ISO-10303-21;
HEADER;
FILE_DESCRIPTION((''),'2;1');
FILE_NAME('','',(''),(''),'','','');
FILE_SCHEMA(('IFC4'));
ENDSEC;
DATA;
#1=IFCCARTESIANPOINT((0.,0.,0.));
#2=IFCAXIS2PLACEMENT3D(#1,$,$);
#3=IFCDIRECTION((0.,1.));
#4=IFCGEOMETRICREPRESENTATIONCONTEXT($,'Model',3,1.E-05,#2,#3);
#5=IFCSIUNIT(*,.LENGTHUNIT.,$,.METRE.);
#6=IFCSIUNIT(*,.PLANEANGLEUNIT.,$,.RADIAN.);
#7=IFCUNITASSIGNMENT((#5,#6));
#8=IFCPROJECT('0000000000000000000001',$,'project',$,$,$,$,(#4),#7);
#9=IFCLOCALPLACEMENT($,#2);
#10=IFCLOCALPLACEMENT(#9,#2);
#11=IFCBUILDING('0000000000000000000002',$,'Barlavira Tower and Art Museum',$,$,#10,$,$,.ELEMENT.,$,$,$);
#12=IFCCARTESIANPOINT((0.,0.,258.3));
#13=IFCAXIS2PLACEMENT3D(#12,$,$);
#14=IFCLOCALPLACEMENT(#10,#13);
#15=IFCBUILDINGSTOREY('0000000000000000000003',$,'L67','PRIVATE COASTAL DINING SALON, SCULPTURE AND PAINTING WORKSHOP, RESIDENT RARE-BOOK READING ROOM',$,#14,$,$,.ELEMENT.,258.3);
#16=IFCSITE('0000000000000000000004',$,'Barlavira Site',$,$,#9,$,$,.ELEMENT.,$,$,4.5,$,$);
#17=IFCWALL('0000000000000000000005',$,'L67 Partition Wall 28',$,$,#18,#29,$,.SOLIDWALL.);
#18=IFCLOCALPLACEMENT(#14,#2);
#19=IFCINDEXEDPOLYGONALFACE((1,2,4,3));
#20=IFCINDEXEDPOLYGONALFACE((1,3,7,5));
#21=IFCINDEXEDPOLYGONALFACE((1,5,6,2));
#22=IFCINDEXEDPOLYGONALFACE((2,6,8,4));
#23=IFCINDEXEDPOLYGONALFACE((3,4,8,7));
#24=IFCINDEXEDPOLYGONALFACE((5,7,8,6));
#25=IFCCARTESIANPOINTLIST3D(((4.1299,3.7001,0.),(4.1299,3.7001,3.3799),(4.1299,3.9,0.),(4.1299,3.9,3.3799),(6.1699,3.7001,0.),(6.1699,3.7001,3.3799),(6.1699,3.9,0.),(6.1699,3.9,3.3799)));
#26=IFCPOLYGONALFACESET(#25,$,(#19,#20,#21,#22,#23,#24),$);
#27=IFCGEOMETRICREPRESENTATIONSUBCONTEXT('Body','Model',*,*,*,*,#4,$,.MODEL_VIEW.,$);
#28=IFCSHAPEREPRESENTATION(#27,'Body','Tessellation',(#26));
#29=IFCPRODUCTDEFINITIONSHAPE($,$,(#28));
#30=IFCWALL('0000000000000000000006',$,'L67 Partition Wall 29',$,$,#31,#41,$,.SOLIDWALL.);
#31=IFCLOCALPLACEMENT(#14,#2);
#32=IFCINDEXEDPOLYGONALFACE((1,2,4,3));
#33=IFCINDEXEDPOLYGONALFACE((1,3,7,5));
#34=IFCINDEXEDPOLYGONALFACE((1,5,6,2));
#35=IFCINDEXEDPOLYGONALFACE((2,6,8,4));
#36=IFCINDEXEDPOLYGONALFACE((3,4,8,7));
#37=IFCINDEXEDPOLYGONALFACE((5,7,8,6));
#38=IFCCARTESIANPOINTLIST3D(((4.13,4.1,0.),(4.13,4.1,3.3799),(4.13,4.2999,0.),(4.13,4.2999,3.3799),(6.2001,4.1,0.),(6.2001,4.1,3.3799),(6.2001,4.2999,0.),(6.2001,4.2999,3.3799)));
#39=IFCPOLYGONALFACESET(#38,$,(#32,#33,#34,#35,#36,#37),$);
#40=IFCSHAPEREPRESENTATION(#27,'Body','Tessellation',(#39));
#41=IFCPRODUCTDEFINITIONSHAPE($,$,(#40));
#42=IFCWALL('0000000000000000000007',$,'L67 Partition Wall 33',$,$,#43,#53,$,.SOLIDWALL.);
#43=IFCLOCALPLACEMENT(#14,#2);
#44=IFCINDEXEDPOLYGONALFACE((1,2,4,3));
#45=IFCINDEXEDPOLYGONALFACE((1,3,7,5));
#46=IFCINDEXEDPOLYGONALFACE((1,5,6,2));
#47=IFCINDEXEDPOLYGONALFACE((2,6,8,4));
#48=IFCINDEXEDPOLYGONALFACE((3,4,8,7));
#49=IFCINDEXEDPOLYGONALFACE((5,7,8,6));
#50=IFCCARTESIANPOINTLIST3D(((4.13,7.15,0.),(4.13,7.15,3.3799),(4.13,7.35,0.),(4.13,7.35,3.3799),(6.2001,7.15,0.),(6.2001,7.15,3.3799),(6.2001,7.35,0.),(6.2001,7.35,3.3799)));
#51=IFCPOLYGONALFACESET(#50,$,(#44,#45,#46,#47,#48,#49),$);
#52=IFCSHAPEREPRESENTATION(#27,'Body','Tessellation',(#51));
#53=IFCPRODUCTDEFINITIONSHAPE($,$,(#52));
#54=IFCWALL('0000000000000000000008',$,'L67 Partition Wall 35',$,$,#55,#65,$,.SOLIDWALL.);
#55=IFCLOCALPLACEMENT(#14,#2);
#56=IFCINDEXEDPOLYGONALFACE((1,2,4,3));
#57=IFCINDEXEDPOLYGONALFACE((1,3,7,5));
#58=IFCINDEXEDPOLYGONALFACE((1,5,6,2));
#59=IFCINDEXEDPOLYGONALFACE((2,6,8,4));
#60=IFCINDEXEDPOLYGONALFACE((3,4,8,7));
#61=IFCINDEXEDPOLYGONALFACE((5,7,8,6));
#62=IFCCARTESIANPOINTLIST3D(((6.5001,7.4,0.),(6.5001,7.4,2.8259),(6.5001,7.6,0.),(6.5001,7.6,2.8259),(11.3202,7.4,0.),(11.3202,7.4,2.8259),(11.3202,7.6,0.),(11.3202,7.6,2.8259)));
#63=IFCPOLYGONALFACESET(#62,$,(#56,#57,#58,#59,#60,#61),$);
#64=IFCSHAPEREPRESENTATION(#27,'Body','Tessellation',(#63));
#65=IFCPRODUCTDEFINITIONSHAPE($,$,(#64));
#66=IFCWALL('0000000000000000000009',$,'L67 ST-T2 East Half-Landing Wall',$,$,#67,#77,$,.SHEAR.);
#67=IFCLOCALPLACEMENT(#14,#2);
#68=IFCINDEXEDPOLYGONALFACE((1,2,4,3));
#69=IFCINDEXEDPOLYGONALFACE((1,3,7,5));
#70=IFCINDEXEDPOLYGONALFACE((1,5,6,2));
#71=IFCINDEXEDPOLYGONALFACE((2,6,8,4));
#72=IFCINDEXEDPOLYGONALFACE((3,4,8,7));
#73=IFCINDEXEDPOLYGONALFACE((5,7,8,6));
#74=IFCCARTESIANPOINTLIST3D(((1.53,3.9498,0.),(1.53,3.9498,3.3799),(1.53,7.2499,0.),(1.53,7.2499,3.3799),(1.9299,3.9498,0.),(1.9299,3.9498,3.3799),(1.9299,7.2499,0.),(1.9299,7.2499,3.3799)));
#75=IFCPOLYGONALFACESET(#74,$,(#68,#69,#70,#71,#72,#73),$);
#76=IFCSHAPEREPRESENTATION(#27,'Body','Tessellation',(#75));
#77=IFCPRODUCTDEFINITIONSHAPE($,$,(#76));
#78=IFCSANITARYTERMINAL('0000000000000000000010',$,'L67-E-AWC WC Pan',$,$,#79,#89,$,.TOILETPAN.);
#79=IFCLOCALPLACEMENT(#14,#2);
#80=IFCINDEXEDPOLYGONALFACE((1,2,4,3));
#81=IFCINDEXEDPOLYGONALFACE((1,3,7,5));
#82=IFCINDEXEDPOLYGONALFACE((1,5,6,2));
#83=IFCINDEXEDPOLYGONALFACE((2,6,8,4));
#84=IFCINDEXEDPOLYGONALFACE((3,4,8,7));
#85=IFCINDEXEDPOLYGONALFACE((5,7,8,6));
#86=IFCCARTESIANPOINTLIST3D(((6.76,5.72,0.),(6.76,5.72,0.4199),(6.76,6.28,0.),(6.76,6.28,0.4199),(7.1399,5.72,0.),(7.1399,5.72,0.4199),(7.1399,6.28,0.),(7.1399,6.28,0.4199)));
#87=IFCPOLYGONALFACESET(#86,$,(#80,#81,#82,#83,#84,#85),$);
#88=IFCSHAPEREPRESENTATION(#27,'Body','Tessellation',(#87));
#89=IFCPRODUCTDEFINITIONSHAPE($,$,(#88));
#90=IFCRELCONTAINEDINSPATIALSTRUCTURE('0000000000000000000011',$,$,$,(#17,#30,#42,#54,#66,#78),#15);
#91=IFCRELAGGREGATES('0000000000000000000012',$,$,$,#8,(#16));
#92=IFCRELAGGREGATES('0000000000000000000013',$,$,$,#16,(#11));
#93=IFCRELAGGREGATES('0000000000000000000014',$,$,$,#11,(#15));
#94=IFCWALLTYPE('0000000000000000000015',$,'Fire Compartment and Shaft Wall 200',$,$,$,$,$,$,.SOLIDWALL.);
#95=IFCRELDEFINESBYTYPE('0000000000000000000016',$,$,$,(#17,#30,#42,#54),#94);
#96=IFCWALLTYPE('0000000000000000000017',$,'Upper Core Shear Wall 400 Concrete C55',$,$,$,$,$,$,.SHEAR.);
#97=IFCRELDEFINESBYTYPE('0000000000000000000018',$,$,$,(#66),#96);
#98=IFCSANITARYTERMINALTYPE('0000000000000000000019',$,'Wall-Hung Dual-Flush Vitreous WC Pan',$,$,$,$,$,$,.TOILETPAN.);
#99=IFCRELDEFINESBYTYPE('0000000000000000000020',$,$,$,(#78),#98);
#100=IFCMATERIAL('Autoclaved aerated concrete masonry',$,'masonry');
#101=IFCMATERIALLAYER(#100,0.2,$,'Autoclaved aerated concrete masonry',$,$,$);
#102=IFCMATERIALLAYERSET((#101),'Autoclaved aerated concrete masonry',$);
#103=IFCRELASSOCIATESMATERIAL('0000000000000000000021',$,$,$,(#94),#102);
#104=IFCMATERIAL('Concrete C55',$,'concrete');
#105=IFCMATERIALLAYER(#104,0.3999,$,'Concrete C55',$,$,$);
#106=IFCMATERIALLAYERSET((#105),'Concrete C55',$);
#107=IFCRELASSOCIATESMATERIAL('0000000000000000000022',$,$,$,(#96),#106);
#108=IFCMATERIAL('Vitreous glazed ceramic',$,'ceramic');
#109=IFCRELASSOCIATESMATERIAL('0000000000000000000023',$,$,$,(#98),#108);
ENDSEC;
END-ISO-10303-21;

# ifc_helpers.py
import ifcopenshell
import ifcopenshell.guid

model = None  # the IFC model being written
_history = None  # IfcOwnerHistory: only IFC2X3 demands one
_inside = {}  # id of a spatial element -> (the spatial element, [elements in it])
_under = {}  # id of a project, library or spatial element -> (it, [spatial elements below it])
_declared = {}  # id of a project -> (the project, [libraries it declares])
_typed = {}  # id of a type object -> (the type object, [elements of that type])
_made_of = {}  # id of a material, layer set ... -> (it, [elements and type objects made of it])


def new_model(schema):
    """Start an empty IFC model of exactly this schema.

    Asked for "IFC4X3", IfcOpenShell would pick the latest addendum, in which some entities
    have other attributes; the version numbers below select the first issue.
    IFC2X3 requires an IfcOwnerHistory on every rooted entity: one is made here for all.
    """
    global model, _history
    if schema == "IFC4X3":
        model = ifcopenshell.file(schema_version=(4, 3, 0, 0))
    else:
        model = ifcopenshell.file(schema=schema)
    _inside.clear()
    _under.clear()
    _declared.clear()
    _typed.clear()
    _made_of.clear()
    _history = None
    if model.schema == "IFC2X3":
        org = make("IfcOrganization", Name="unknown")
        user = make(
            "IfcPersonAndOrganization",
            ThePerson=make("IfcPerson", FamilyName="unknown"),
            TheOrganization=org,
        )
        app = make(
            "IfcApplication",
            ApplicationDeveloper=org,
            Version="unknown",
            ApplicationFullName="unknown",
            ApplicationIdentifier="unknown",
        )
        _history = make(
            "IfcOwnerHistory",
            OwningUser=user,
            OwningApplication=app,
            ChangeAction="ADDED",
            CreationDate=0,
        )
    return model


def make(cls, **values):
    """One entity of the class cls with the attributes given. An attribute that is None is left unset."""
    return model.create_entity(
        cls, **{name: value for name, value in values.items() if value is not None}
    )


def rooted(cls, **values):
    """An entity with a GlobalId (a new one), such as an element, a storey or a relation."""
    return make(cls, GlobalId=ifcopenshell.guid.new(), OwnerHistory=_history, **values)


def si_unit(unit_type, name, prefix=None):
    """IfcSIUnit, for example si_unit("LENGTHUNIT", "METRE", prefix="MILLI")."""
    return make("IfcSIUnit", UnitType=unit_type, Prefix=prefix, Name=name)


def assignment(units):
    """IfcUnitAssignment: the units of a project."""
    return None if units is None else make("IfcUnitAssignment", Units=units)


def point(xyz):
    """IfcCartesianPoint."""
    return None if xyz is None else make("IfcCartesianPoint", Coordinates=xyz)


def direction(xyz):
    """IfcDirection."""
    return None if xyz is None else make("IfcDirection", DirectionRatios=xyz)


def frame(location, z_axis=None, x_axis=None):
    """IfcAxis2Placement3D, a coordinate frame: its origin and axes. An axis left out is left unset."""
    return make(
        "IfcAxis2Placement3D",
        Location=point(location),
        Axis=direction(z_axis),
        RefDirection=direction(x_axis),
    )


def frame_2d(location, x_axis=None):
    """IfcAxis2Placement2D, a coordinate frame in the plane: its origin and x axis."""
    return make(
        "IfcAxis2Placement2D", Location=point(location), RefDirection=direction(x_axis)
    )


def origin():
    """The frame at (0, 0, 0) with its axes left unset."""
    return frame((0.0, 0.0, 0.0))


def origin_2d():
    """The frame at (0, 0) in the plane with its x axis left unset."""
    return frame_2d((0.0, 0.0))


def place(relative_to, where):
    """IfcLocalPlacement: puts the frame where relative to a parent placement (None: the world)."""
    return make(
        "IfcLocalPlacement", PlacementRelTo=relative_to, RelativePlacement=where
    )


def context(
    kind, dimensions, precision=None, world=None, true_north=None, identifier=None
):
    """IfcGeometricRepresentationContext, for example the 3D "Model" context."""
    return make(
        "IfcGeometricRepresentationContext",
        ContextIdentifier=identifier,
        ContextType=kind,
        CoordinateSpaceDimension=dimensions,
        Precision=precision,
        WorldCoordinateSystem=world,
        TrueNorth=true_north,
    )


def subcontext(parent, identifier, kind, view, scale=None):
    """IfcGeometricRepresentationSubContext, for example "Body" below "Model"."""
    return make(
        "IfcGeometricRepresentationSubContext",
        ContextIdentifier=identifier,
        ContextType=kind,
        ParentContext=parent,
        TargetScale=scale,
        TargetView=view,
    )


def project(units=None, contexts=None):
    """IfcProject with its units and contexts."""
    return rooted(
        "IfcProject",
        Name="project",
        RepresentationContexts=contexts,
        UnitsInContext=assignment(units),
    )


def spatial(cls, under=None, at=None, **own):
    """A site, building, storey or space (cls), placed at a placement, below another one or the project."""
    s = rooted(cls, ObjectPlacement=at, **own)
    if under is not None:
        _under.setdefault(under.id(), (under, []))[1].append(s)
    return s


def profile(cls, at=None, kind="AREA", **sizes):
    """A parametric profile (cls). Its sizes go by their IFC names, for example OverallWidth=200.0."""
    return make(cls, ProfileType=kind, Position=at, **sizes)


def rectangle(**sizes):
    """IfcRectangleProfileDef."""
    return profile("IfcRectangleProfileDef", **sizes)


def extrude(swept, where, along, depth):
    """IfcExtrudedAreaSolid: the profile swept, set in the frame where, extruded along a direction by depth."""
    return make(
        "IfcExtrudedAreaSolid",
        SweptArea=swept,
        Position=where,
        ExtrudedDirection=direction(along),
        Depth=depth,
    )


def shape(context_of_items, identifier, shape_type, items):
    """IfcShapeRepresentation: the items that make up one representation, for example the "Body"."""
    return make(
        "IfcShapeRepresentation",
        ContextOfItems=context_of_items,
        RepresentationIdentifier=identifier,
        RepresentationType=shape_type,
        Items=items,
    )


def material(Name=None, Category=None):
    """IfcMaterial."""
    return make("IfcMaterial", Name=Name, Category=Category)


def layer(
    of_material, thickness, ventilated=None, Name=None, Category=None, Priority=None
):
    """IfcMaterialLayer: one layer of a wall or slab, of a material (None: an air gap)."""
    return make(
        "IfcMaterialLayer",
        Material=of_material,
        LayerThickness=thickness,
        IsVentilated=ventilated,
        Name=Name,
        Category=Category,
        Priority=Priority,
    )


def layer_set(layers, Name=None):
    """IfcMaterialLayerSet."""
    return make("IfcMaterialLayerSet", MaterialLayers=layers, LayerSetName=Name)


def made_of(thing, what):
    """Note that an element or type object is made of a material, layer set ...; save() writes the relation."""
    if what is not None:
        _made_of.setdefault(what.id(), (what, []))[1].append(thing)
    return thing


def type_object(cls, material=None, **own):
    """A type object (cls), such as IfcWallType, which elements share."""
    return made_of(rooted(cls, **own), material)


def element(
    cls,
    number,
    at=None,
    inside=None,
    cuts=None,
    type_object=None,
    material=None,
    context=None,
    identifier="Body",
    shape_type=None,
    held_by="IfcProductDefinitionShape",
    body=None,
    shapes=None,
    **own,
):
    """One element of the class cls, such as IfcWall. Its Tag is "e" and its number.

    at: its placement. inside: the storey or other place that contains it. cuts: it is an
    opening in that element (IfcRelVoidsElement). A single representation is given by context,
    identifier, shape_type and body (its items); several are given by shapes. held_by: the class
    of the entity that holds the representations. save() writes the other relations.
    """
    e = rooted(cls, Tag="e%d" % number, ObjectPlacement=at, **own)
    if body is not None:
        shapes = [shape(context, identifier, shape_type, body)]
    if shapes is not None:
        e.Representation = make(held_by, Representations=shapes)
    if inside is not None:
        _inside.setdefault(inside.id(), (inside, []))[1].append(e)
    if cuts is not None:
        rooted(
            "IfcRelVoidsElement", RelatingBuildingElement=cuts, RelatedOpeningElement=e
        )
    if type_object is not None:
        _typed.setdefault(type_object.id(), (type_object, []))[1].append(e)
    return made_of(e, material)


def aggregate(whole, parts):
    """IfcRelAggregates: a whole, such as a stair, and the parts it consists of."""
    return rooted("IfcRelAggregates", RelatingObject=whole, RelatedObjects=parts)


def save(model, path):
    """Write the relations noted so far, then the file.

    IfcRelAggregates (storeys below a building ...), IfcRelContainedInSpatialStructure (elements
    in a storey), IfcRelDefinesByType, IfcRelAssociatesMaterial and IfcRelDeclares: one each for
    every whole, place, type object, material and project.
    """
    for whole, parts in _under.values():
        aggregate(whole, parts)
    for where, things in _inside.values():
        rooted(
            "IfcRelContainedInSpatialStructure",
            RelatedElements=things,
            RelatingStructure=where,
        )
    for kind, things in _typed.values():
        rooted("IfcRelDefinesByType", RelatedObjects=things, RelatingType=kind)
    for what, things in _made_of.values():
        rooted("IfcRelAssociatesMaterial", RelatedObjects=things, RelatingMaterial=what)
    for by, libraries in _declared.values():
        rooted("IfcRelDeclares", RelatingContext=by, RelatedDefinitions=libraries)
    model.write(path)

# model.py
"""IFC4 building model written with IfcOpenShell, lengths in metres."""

from ifc_helpers import new_model, si_unit, direction, frame, frame_2d, origin, origin_2d, place, context, subcontext, project, spatial, rectangle, extrude, material, layer, layer_set, type_object, element, save


model = new_model("IFC4")

# Units and contexts
model_context = context("Model", 3, precision=1e-05, world=origin(), true_north=direction((0.0, 1.0)))
body_context = subcontext(model_context, "Body", "Model", "MODEL_VIEW")
ifc_project = project(units=[si_unit("LENGTHUNIT", "METRE"), si_unit("PLANEANGLEUNIT", "RADIAN")], contexts=[model_context])

# Site, building, storey
site_placement = place(None, origin())
site = spatial("IfcSite", under=ifc_project, at=site_placement, Name="Barlavira Site", CompositionType="ELEMENT", RefElevation=4.5)
building_placement = place(site_placement, origin())
building = spatial("IfcBuilding", under=site, at=building_placement, Name="Barlavira Tower and Art Museum", CompositionType="ELEMENT")
storey_placement = place(building_placement, frame((0.0, 0.0, 258.3)))
storey = spatial("IfcBuildingStorey", under=building, at=storey_placement, Name="L67", Description="PRIVATE COASTAL DINING SALON, SCULPTURE AND PAINTING WORKSHOP, RESIDENT RARE-BOOK READING ROOM", CompositionType="ELEMENT", Elevation=258.3)

# Shared definitions
ifc_material_1 = material(Name="Autoclaved aerated concrete masonry", Category="masonry")
ifc_layer_1 = layer(ifc_material_1, 0.2, Name="Autoclaved aerated concrete masonry")
ifc_layer_set_1 = layer_set([ifc_layer_1], Name="Autoclaved aerated concrete masonry")
wall_type_1 = type_object("IfcWallType", Name="Fire Compartment and Shaft Wall 200", PredefinedType="SOLIDWALL", material=ifc_layer_set_1)

# Walls
for number, where, z_axis, x_axis, name in (
    (1, (4.1299, 3.8, 0.0), (0.0, 0.0, 1.0), (1.0, 0.0, 0.0), "L67 Partition Wall 28"),
):
    element("IfcWall", number, at=place(storey_placement, frame(where, z_axis=z_axis, x_axis=x_axis)), inside=storey, type_object=wall_type_1, Name=name, PredefinedType="SOLIDWALL", context=body_context, shape_type="SweptSolid", body=[
        extrude(rectangle(XDim=2.04, YDim=0.2, at=frame_2d((1.02, 0.0))), origin(), (0.0, 0.0, 1.0), 3.3799),
    ])
wall_1_placement = place(storey_placement, frame((4.1299, 4.2, 0.0), z_axis=(0.0, 0.0, 1.0), x_axis=(1.0, 0.0, 0.0)))
element("IfcWall", 2, at=wall_1_placement, inside=storey, type_object=wall_type_1, Name="L67 Partition Wall 29", PredefinedType="SOLIDWALL", context=body_context, shape_type="SweptSolid", body=[
    extrude(rectangle(XDim=2.0701, YDim=0.2, at=frame_2d((1.0352, 0.0))), origin(), (0.0, 0.0, 1.0), 3.3799),
])

# Walls
wall_2_placement = place(storey_placement, frame((4.1299, 7.25, 0.0), z_axis=(0.0, 0.0, 1.0), x_axis=(1.0, 0.0, 0.0)))
element("IfcWall", 3, at=wall_2_placement, inside=storey, type_object=wall_type_1, Name="L67 Partition Wall 33", PredefinedType="SOLIDWALL", context=body_context, shape_type="SweptSolid", body=[
    extrude(rectangle(XDim=2.0701, YDim=0.2, at=frame_2d((1.0352, 0.0))), origin(), (0.0, 0.0, 1.0), 3.3799),
])
wall_3_placement = place(storey_placement, frame((6.5, 7.5, 0.0), z_axis=(0.0, 0.0, 1.0), x_axis=(1.0, 0.0, 0.0)))
element("IfcWall", 4, at=wall_3_placement, inside=storey, type_object=wall_type_1, Name="L67 Partition Wall 35", PredefinedType="SOLIDWALL", context=body_context, shape_type="SweptSolid", body=[
    extrude(rectangle(XDim=4.8201, YDim=0.2, at=frame_2d((2.4102, 0.0))), origin(), (0.0, 0.0, 1.0), 2.8259),
])
ifc_material_2 = material(Name="Concrete C55", Category="concrete")
ifc_layer_2 = layer(ifc_material_2, 0.3999, Name="Concrete C55")
ifc_layer_set_2 = layer_set([ifc_layer_2], Name="Concrete C55")
wall_type_2 = type_object("IfcWallType", Name="Upper Core Shear Wall 400 Concrete C55", PredefinedType="SHEAR", material=ifc_layer_set_2)
wall_4_placement = place(storey_placement, frame((1.73, 3.95, 0.0), z_axis=(0.0, 0.0, 1.0), x_axis=(0.0, 1.0, 0.0)))
element("IfcWall", 5, at=wall_4_placement, inside=storey, type_object=wall_type_2, Name="L67 ST-T2 East Half-Landing Wall", PredefinedType="SHEAR", context=body_context, shape_type="SweptSolid", body=[
    extrude(rectangle(XDim=3.3, YDim=0.3999, at=frame_2d((1.6499, 0.0))), origin(), (0.0, 0.0, 1.0), 3.3799),
])

# Sanitary terminal
ifc_material_3 = material(Name="Vitreous glazed ceramic", Category="ceramic")
sanitary_terminal_type = type_object("IfcSanitaryTerminalType", Name="Wall-Hung Dual-Flush Vitreous WC Pan", PredefinedType="TOILETPAN", material=ifc_material_3)
sanitary_terminal_placement = place(storey_placement, frame((6.95, 6.0, 0.0), z_axis=(0.0, 0.0, 1.0), x_axis=(1.0, 0.0, 0.0)))
element("IfcSanitaryTerminal", 6, at=sanitary_terminal_placement, inside=storey, type_object=sanitary_terminal_type, Name="L67-E-AWC WC Pan", PredefinedType="TOILETPAN", context=body_context, shape_type="SweptSolid", body=[
    extrude(rectangle(XDim=0.3799, YDim=0.5601, at=origin_2d()), origin(), (0.0, 0.0, 1.0), 0.4199),
])

save(model, "model.ifc")
